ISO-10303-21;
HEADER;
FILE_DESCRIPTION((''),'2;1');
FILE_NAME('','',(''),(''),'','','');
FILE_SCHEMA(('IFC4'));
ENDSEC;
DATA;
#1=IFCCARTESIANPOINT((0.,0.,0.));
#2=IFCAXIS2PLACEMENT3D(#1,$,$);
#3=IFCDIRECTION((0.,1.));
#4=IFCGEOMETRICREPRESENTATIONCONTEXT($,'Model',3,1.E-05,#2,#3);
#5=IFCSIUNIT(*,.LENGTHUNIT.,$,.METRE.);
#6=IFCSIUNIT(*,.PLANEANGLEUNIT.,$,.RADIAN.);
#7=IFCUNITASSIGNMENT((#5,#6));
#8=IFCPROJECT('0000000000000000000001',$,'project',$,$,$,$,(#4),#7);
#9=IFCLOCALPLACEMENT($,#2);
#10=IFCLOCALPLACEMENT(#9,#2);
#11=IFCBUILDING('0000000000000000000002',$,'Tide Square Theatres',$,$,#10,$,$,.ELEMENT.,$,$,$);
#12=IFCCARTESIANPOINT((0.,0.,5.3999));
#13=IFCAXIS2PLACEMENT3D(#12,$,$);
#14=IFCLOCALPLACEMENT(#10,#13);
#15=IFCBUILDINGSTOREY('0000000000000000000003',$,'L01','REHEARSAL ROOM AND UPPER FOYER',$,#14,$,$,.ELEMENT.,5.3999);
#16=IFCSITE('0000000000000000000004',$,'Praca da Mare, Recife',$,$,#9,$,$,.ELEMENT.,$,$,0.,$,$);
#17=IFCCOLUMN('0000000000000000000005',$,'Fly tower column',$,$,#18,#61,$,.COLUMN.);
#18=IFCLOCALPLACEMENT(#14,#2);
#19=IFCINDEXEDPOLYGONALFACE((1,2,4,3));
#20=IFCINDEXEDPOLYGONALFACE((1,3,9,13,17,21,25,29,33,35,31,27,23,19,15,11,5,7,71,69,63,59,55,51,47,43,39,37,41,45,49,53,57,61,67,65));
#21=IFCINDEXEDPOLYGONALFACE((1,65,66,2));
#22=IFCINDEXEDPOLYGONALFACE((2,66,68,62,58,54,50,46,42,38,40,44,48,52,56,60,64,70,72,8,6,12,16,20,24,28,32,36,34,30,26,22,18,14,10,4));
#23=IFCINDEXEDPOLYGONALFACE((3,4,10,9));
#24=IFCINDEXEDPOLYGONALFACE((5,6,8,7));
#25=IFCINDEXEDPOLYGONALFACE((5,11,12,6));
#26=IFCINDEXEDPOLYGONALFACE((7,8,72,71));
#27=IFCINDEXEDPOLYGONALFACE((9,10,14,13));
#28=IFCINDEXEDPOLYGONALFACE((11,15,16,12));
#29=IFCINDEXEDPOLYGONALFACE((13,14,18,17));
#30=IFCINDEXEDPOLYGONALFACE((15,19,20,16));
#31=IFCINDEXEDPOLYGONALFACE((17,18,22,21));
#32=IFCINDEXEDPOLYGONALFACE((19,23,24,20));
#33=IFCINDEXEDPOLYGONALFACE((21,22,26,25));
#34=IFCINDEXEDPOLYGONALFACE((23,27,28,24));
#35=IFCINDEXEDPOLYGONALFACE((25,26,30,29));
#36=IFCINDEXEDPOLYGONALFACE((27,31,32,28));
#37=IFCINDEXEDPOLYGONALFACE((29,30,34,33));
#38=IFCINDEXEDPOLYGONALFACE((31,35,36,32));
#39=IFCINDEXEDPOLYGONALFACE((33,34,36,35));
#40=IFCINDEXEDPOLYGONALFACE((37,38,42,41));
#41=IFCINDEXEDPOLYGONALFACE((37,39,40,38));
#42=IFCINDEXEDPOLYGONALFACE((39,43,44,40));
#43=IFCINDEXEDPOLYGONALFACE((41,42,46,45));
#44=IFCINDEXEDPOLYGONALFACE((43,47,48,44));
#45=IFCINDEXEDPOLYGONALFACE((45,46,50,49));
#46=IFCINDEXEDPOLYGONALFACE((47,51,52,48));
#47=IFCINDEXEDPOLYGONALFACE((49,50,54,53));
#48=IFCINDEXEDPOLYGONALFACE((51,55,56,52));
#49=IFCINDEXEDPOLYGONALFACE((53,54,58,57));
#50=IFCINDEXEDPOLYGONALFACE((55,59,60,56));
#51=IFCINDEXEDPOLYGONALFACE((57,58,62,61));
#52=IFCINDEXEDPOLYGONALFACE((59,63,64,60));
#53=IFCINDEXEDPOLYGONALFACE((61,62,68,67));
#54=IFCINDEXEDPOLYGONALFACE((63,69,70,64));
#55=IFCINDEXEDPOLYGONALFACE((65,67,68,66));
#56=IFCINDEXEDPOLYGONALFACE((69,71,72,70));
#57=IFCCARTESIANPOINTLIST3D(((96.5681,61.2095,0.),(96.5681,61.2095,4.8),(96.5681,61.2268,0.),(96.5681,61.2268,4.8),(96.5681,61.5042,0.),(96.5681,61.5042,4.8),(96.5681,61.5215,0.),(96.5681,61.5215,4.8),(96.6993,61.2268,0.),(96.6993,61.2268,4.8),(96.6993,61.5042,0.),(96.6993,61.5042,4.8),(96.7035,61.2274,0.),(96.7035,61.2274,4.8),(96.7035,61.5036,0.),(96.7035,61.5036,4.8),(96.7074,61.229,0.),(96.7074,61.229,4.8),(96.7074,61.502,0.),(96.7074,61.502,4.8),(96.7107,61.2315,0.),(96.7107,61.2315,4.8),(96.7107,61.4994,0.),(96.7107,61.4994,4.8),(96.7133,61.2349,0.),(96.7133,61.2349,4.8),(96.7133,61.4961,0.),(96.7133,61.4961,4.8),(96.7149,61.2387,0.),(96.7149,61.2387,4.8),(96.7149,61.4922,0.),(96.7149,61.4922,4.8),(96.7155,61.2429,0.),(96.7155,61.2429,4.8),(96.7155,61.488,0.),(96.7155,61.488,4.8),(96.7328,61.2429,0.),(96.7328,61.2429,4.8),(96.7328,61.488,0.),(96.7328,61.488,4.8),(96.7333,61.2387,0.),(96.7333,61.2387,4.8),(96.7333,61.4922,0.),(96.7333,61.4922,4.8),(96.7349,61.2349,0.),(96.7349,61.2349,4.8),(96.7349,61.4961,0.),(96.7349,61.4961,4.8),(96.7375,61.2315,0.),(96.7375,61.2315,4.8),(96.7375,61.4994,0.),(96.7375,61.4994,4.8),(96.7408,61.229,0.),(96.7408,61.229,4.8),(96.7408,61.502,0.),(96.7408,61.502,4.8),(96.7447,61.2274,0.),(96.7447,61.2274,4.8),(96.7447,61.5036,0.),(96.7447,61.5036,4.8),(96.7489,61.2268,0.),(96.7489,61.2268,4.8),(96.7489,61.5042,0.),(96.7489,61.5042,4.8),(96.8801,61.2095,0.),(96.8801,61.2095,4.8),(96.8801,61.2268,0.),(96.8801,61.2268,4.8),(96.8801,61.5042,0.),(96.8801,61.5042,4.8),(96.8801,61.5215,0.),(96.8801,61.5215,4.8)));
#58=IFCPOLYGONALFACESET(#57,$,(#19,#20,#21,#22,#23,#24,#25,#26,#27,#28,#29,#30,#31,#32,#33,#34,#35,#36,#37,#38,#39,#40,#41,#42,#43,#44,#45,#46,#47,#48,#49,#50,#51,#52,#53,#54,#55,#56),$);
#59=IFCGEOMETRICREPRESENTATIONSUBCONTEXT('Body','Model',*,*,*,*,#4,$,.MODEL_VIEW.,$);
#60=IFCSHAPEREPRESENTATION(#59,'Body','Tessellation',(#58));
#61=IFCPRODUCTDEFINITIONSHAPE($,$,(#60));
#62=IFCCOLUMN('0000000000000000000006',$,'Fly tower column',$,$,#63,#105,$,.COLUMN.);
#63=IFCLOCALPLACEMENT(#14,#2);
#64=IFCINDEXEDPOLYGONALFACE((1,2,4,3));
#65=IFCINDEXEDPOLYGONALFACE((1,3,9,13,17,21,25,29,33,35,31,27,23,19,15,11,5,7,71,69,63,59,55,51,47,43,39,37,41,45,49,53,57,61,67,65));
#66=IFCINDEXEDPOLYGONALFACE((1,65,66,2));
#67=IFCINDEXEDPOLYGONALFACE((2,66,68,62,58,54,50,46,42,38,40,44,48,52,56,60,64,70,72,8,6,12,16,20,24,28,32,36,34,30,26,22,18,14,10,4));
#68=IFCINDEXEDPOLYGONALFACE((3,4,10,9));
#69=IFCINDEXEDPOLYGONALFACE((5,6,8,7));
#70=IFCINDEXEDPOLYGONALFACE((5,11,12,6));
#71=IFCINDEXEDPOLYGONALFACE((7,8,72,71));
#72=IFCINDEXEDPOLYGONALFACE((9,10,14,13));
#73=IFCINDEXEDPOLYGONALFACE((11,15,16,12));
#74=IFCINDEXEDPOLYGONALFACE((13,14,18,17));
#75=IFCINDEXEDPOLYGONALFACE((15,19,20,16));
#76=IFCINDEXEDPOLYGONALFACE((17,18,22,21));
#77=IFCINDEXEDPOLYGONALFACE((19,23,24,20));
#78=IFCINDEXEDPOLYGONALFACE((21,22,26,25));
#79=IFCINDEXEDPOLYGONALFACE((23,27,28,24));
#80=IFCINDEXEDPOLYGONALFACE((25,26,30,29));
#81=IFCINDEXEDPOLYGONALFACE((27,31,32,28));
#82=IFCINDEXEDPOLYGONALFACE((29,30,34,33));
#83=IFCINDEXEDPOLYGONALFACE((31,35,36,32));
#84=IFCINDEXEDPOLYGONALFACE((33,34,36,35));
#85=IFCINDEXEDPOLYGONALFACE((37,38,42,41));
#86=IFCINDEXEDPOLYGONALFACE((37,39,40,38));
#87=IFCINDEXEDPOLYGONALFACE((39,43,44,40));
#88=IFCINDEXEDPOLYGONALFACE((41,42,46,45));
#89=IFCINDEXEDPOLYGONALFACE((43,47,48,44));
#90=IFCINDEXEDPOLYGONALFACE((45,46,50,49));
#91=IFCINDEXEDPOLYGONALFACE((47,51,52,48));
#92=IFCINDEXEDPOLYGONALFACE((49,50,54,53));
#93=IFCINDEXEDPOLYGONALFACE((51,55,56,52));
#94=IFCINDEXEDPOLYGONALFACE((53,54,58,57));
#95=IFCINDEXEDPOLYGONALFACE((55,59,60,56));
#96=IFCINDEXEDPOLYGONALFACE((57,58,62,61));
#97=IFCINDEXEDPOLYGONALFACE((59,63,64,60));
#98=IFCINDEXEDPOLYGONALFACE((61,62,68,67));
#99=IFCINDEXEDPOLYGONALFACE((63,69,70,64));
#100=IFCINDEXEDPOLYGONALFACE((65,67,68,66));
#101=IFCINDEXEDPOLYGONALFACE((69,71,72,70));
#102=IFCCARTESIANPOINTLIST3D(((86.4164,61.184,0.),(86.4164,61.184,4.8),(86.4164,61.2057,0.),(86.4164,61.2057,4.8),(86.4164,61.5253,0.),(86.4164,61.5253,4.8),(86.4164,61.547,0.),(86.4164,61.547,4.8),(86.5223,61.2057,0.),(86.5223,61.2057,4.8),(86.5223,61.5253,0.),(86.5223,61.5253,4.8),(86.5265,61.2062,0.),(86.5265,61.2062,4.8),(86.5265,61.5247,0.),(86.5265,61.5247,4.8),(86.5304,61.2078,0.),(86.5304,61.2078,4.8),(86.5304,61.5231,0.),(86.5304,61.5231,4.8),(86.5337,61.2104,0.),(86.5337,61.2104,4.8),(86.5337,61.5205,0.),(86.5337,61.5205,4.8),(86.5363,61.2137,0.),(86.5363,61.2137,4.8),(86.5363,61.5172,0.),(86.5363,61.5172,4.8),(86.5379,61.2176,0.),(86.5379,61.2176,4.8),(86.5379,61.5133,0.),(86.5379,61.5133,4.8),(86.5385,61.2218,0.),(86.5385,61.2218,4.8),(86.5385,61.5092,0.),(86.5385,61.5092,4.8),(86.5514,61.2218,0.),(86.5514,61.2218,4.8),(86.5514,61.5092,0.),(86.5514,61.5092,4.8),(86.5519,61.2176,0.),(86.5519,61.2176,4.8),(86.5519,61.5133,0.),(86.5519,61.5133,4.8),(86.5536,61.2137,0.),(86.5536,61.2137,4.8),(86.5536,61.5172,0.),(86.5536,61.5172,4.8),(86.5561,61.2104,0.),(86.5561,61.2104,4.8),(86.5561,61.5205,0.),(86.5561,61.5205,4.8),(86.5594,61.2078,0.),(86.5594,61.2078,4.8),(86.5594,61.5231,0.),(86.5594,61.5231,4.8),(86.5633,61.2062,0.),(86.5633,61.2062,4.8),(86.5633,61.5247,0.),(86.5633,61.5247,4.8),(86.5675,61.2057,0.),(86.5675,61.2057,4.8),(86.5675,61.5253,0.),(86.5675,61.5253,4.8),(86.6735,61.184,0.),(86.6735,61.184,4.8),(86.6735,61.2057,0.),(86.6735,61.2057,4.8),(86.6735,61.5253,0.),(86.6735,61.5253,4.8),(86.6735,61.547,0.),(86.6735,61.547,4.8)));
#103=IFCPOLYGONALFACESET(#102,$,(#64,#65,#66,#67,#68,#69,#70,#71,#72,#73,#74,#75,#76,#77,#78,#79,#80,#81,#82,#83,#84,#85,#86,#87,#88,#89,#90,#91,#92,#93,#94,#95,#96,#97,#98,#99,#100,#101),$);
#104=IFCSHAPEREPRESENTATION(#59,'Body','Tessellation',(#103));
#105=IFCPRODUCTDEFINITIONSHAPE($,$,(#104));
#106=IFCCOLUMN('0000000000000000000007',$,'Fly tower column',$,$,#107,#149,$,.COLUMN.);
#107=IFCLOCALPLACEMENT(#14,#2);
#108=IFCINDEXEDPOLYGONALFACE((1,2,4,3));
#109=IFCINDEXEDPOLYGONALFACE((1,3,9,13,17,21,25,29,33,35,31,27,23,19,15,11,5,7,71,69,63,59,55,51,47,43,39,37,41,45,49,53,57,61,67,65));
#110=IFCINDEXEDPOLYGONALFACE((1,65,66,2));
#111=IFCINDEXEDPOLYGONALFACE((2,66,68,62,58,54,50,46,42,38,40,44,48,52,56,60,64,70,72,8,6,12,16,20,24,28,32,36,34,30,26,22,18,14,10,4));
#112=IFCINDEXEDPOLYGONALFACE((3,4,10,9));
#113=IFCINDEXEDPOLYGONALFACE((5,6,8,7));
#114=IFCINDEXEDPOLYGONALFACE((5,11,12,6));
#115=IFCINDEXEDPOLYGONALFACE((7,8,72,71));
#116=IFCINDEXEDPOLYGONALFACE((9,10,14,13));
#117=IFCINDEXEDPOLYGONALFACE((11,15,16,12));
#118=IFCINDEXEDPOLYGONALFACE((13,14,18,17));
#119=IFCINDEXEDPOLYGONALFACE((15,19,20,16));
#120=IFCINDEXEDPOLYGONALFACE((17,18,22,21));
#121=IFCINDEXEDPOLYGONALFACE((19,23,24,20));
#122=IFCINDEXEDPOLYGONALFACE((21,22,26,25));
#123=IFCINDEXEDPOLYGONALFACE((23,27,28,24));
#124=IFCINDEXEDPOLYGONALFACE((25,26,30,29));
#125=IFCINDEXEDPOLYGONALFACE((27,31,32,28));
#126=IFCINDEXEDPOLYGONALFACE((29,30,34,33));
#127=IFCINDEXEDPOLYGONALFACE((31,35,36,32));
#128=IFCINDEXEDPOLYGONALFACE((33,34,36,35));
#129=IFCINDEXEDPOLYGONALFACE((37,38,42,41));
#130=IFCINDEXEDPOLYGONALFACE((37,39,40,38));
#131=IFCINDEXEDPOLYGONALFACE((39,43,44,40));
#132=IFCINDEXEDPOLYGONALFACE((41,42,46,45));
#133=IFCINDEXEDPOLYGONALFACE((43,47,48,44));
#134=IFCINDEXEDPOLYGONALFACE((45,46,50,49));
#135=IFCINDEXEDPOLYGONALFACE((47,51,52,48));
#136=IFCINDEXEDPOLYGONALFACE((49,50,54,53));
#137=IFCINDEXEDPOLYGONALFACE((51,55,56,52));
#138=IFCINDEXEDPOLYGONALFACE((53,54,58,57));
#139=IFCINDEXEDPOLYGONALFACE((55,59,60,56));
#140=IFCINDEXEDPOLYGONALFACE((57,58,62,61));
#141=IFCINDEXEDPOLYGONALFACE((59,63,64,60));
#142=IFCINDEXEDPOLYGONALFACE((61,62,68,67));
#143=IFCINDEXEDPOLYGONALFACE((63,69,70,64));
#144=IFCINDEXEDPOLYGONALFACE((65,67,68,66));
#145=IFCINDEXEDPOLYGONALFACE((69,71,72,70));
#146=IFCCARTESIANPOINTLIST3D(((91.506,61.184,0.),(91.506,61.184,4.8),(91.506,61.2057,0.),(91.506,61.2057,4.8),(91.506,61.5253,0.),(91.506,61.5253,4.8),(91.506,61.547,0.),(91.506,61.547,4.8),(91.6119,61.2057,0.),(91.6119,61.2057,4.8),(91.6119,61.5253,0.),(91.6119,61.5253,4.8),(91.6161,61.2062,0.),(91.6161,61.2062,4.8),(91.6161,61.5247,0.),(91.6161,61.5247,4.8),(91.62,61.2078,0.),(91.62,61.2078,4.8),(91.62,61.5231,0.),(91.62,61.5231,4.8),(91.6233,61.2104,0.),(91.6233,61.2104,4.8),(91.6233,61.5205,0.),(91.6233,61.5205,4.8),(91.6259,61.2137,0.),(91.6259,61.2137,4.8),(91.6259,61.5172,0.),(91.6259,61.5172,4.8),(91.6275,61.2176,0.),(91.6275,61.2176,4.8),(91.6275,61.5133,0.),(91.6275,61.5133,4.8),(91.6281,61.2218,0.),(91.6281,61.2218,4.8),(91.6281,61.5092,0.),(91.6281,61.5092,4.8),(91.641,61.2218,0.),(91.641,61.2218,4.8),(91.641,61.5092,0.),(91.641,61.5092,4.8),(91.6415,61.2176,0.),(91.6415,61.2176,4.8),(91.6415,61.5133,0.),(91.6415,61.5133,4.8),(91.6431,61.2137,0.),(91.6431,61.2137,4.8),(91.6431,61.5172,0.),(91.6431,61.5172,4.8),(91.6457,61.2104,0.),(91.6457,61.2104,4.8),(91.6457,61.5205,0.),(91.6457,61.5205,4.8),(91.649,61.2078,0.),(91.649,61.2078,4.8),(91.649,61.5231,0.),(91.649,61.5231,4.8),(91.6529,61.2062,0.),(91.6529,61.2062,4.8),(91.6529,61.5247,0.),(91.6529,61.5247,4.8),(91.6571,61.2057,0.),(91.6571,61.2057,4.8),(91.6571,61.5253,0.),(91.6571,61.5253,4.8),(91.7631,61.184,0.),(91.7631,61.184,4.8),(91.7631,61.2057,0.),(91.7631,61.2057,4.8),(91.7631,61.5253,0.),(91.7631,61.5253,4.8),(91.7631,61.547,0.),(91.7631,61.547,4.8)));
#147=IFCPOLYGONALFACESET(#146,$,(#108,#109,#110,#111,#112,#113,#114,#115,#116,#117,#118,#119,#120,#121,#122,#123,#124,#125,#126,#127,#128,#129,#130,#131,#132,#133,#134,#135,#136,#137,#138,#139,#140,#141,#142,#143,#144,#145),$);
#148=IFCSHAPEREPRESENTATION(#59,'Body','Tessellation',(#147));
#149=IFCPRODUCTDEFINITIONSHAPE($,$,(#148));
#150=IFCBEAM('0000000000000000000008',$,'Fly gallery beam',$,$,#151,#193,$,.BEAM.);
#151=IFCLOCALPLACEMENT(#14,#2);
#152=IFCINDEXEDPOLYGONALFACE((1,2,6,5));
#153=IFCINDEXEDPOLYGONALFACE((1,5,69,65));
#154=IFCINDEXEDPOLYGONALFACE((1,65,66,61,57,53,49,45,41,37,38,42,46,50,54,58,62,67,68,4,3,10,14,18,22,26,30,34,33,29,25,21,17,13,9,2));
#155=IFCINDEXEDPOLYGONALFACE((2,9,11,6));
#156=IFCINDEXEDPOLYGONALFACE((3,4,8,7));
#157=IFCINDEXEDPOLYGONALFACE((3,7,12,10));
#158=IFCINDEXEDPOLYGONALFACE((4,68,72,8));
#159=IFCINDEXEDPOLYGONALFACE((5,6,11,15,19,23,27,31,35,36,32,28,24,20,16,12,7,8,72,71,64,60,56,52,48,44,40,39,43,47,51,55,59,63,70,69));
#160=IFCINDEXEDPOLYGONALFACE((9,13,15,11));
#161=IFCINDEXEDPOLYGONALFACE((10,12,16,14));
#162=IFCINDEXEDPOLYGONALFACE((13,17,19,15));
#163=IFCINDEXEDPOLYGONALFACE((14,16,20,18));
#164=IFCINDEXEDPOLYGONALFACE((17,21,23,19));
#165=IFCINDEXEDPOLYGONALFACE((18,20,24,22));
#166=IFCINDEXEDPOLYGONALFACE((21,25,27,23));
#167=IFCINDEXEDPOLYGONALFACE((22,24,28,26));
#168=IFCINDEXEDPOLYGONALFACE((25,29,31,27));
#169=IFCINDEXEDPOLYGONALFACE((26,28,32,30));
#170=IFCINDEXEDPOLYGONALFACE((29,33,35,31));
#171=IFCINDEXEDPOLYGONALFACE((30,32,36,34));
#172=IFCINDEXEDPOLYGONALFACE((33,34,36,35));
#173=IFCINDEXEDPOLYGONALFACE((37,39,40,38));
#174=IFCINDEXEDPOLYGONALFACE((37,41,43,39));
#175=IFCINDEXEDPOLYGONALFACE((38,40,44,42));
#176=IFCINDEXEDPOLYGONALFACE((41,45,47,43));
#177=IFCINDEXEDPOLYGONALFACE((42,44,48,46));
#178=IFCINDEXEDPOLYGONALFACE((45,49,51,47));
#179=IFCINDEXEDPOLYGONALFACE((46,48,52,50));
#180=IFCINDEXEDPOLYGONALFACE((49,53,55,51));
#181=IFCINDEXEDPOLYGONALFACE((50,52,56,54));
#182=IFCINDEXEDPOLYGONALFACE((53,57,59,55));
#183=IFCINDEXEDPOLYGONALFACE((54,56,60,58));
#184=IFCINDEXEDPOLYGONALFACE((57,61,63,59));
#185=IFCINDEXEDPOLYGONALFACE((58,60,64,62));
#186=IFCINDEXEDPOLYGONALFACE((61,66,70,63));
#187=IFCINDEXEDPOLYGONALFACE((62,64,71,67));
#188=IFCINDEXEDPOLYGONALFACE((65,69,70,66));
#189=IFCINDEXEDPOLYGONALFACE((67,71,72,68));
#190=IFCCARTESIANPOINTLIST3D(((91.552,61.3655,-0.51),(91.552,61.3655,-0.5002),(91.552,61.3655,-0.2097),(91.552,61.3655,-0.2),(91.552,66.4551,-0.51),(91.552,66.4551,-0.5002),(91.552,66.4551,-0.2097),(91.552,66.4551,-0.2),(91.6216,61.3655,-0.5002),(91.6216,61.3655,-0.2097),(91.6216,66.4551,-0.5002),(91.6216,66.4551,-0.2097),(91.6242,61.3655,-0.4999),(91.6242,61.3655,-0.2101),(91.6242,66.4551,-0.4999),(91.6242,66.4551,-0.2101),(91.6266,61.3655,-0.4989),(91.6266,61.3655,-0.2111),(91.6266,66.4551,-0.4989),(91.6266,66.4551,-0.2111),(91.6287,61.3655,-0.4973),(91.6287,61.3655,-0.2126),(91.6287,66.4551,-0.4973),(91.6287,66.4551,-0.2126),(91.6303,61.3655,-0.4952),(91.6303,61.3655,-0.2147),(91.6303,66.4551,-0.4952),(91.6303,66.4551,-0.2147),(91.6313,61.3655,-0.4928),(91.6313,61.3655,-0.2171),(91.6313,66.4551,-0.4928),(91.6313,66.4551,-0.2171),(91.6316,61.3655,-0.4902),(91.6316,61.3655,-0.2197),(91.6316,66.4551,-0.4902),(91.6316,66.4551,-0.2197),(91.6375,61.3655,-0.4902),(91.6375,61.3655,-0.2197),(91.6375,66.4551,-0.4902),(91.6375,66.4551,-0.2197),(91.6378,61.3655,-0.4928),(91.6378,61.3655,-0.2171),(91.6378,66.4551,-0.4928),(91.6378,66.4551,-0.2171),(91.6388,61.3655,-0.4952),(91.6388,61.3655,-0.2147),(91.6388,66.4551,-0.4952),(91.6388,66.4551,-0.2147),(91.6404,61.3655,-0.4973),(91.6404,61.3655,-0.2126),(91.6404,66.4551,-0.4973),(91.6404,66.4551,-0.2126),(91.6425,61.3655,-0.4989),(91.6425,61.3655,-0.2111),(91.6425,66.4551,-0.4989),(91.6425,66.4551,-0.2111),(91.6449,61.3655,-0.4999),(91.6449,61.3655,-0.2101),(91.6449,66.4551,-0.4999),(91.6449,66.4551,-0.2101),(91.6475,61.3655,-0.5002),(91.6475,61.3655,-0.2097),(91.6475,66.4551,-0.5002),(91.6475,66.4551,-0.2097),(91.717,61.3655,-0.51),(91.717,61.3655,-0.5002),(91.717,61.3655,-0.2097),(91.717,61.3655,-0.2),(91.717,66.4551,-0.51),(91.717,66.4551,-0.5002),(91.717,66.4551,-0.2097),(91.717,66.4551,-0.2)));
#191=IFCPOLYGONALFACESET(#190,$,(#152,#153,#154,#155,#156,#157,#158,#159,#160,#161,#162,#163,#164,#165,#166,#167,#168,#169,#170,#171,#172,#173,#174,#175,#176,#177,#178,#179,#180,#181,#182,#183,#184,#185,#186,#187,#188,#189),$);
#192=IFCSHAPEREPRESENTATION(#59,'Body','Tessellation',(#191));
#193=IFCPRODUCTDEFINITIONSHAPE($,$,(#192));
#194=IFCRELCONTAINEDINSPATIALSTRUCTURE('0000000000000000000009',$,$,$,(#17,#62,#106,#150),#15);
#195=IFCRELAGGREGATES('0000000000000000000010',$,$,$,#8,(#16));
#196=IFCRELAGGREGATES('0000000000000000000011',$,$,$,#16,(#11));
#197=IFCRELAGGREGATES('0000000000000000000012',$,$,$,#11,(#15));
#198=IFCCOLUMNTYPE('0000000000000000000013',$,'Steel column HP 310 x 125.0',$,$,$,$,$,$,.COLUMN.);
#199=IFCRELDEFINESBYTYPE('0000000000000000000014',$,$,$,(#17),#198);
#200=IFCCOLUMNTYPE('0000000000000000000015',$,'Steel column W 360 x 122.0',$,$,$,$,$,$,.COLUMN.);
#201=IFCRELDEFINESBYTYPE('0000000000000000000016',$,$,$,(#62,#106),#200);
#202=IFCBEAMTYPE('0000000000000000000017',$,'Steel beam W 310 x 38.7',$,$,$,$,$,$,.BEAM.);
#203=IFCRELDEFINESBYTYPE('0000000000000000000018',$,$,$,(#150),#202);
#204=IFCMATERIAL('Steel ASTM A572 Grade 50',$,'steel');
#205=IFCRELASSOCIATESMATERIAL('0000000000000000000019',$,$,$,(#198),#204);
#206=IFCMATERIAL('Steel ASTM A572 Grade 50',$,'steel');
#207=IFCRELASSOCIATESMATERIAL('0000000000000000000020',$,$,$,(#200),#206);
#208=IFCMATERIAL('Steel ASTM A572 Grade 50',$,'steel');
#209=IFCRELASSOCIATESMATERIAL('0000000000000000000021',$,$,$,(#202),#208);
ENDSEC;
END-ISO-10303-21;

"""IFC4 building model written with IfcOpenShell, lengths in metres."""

from ifc_helpers import new_model, si_unit, direction, frame, origin, origin_2d, place, context, subcontext, project, spatial, i_section, extrude, material, material_profile, profile_set, type_object, element, save


model = new_model("IFC4")

# Units and contexts
model_context = context("Model", 3, precision=1e-05, world=origin(), true_north=direction((0.0, 1.0)))
body_context = subcontext(model_context, "Body", "Model", "MODEL_VIEW")
ifc_project = project(units=[si_unit("LENGTHUNIT", "METRE"), si_unit("PLANEANGLEUNIT", "RADIAN")], contexts=[model_context])

# Site, building, storey
site_placement = place(None, origin())
site = spatial("IfcSite", under=ifc_project, at=site_placement, Name="Praca da Mare, Recife", CompositionType="ELEMENT", RefElevation=0.0)
building_placement = place(site_placement, origin())
building = spatial("IfcBuilding", under=site, at=building_placement, Name="Tide Square Theatres", CompositionType="ELEMENT")
storey_placement = place(building_placement, frame((0.0, 0.0, 5.3999)))
storey = spatial("IfcBuildingStorey", under=building, at=storey_placement, Name="L01", Description="REHEARSAL ROOM AND UPPER FOYER", CompositionType="ELEMENT", Elevation=5.3999)

# Columns
ifc_material_1 = material(Name="Steel ASTM A572 Grade 50", Category="steel")
ifc_material_profile_1 = material_profile(ifc_material_1, i_section(OverallWidth=0.312, OverallDepth=0.312, WebThickness=0.0173, FlangeThickness=0.0173, FilletRadius=0.0161, at=origin_2d()))
ifc_profile_set_1 = profile_set([ifc_material_profile_1], Name="Steel ASTM A572 Grade 50")
column_type_1 = type_object("IfcColumnType", Name="Steel column HP 310 x 125.0", PredefinedType="COLUMN", material=ifc_profile_set_1)
column_placement = place(storey_placement, frame((96.7241, 61.3655, 0.0), z_axis=(0.0, 0.0, 1.0), x_axis=(1.0, 0.0, 0.0)))
element("IfcColumn", 1, at=column_placement, inside=storey, type_object=column_type_1, Name="Fly tower column", PredefinedType="COLUMN", context=body_context, shape_type="SweptSolid", body=[
    extrude(i_section(OverallWidth=0.312, OverallDepth=0.312, WebThickness=0.0173, FlangeThickness=0.0173, FilletRadius=0.0161, at=origin_2d()), origin(), (0.0, 0.0, 1.0), 4.8),
])
ifc_material_2 = material(Name="Steel ASTM A572 Grade 50", Category="steel")
ifc_material_profile_2 = material_profile(ifc_material_2, i_section(OverallWidth=0.2571, OverallDepth=0.363, WebThickness=0.0129, FlangeThickness=0.0217, FilletRadius=0.0161, at=origin_2d()))
ifc_profile_set_2 = profile_set([ifc_material_profile_2], Name="Steel ASTM A572 Grade 50")
column_type_2 = type_object("IfcColumnType", Name="Steel column W 360 x 122.0", PredefinedType="COLUMN", material=ifc_profile_set_2)
for number, where, z_axis, x_axis, name in (
    (2, (86.5449, 61.3655, 0.0), (0.0, 0.0, 1.0), (1.0, 0.0, 0.0), "Fly tower column"),
    (3, (91.6345, 61.3655, 0.0), (0.0, 0.0, 1.0), (1.0, 0.0, 0.0), "Fly tower column"),
):
    element("IfcColumn", number, at=place(storey_placement, frame(where, z_axis=z_axis, x_axis=x_axis)), inside=storey, type_object=column_type_2, Name=name, PredefinedType="COLUMN", context=body_context, shape_type="SweptSolid", body=[
        extrude(i_section(OverallWidth=0.2571, OverallDepth=0.363, WebThickness=0.0129, FlangeThickness=0.0217, FilletRadius=0.0161, at=origin_2d()), origin(), (0.0, 0.0, 1.0), 4.8),
    ])

# Beam
ifc_material_3 = material(Name="Steel ASTM A572 Grade 50", Category="steel")
ifc_material_profile_3 = material_profile(ifc_material_3, i_section(OverallWidth=0.165, OverallDepth=0.3101, WebThickness=0.0059, FlangeThickness=0.0098, FilletRadius=0.01, at=origin_2d()))
ifc_profile_set_3 = profile_set([ifc_material_profile_3], Name="Steel ASTM A572 Grade 50")
beam_type = type_object("IfcBeamType", Name="Steel beam W 310 x 38.7", PredefinedType="BEAM", material=ifc_profile_set_3)
for number, where, z_axis, x_axis, name in (
    (4, (91.6345, 61.3655, -0.355), (0.0, 1.0, 0.0), (-1.0, 0.0, 0.0), "Fly gallery beam"),
):
    element("IfcBeam", number, at=place(storey_placement, frame(where, z_axis=z_axis, x_axis=x_axis)), inside=storey, type_object=beam_type, Name=name, PredefinedType="BEAM", context=body_context, shape_type="SweptSolid", body=[
        extrude(i_section(OverallWidth=0.165, OverallDepth=0.3101, WebThickness=0.0059, FlangeThickness=0.0098, FilletRadius=0.01, at=origin_2d()), origin(), (0.0, 0.0, 1.0), 5.0896),
    ])

save(model, "model.ifc")
